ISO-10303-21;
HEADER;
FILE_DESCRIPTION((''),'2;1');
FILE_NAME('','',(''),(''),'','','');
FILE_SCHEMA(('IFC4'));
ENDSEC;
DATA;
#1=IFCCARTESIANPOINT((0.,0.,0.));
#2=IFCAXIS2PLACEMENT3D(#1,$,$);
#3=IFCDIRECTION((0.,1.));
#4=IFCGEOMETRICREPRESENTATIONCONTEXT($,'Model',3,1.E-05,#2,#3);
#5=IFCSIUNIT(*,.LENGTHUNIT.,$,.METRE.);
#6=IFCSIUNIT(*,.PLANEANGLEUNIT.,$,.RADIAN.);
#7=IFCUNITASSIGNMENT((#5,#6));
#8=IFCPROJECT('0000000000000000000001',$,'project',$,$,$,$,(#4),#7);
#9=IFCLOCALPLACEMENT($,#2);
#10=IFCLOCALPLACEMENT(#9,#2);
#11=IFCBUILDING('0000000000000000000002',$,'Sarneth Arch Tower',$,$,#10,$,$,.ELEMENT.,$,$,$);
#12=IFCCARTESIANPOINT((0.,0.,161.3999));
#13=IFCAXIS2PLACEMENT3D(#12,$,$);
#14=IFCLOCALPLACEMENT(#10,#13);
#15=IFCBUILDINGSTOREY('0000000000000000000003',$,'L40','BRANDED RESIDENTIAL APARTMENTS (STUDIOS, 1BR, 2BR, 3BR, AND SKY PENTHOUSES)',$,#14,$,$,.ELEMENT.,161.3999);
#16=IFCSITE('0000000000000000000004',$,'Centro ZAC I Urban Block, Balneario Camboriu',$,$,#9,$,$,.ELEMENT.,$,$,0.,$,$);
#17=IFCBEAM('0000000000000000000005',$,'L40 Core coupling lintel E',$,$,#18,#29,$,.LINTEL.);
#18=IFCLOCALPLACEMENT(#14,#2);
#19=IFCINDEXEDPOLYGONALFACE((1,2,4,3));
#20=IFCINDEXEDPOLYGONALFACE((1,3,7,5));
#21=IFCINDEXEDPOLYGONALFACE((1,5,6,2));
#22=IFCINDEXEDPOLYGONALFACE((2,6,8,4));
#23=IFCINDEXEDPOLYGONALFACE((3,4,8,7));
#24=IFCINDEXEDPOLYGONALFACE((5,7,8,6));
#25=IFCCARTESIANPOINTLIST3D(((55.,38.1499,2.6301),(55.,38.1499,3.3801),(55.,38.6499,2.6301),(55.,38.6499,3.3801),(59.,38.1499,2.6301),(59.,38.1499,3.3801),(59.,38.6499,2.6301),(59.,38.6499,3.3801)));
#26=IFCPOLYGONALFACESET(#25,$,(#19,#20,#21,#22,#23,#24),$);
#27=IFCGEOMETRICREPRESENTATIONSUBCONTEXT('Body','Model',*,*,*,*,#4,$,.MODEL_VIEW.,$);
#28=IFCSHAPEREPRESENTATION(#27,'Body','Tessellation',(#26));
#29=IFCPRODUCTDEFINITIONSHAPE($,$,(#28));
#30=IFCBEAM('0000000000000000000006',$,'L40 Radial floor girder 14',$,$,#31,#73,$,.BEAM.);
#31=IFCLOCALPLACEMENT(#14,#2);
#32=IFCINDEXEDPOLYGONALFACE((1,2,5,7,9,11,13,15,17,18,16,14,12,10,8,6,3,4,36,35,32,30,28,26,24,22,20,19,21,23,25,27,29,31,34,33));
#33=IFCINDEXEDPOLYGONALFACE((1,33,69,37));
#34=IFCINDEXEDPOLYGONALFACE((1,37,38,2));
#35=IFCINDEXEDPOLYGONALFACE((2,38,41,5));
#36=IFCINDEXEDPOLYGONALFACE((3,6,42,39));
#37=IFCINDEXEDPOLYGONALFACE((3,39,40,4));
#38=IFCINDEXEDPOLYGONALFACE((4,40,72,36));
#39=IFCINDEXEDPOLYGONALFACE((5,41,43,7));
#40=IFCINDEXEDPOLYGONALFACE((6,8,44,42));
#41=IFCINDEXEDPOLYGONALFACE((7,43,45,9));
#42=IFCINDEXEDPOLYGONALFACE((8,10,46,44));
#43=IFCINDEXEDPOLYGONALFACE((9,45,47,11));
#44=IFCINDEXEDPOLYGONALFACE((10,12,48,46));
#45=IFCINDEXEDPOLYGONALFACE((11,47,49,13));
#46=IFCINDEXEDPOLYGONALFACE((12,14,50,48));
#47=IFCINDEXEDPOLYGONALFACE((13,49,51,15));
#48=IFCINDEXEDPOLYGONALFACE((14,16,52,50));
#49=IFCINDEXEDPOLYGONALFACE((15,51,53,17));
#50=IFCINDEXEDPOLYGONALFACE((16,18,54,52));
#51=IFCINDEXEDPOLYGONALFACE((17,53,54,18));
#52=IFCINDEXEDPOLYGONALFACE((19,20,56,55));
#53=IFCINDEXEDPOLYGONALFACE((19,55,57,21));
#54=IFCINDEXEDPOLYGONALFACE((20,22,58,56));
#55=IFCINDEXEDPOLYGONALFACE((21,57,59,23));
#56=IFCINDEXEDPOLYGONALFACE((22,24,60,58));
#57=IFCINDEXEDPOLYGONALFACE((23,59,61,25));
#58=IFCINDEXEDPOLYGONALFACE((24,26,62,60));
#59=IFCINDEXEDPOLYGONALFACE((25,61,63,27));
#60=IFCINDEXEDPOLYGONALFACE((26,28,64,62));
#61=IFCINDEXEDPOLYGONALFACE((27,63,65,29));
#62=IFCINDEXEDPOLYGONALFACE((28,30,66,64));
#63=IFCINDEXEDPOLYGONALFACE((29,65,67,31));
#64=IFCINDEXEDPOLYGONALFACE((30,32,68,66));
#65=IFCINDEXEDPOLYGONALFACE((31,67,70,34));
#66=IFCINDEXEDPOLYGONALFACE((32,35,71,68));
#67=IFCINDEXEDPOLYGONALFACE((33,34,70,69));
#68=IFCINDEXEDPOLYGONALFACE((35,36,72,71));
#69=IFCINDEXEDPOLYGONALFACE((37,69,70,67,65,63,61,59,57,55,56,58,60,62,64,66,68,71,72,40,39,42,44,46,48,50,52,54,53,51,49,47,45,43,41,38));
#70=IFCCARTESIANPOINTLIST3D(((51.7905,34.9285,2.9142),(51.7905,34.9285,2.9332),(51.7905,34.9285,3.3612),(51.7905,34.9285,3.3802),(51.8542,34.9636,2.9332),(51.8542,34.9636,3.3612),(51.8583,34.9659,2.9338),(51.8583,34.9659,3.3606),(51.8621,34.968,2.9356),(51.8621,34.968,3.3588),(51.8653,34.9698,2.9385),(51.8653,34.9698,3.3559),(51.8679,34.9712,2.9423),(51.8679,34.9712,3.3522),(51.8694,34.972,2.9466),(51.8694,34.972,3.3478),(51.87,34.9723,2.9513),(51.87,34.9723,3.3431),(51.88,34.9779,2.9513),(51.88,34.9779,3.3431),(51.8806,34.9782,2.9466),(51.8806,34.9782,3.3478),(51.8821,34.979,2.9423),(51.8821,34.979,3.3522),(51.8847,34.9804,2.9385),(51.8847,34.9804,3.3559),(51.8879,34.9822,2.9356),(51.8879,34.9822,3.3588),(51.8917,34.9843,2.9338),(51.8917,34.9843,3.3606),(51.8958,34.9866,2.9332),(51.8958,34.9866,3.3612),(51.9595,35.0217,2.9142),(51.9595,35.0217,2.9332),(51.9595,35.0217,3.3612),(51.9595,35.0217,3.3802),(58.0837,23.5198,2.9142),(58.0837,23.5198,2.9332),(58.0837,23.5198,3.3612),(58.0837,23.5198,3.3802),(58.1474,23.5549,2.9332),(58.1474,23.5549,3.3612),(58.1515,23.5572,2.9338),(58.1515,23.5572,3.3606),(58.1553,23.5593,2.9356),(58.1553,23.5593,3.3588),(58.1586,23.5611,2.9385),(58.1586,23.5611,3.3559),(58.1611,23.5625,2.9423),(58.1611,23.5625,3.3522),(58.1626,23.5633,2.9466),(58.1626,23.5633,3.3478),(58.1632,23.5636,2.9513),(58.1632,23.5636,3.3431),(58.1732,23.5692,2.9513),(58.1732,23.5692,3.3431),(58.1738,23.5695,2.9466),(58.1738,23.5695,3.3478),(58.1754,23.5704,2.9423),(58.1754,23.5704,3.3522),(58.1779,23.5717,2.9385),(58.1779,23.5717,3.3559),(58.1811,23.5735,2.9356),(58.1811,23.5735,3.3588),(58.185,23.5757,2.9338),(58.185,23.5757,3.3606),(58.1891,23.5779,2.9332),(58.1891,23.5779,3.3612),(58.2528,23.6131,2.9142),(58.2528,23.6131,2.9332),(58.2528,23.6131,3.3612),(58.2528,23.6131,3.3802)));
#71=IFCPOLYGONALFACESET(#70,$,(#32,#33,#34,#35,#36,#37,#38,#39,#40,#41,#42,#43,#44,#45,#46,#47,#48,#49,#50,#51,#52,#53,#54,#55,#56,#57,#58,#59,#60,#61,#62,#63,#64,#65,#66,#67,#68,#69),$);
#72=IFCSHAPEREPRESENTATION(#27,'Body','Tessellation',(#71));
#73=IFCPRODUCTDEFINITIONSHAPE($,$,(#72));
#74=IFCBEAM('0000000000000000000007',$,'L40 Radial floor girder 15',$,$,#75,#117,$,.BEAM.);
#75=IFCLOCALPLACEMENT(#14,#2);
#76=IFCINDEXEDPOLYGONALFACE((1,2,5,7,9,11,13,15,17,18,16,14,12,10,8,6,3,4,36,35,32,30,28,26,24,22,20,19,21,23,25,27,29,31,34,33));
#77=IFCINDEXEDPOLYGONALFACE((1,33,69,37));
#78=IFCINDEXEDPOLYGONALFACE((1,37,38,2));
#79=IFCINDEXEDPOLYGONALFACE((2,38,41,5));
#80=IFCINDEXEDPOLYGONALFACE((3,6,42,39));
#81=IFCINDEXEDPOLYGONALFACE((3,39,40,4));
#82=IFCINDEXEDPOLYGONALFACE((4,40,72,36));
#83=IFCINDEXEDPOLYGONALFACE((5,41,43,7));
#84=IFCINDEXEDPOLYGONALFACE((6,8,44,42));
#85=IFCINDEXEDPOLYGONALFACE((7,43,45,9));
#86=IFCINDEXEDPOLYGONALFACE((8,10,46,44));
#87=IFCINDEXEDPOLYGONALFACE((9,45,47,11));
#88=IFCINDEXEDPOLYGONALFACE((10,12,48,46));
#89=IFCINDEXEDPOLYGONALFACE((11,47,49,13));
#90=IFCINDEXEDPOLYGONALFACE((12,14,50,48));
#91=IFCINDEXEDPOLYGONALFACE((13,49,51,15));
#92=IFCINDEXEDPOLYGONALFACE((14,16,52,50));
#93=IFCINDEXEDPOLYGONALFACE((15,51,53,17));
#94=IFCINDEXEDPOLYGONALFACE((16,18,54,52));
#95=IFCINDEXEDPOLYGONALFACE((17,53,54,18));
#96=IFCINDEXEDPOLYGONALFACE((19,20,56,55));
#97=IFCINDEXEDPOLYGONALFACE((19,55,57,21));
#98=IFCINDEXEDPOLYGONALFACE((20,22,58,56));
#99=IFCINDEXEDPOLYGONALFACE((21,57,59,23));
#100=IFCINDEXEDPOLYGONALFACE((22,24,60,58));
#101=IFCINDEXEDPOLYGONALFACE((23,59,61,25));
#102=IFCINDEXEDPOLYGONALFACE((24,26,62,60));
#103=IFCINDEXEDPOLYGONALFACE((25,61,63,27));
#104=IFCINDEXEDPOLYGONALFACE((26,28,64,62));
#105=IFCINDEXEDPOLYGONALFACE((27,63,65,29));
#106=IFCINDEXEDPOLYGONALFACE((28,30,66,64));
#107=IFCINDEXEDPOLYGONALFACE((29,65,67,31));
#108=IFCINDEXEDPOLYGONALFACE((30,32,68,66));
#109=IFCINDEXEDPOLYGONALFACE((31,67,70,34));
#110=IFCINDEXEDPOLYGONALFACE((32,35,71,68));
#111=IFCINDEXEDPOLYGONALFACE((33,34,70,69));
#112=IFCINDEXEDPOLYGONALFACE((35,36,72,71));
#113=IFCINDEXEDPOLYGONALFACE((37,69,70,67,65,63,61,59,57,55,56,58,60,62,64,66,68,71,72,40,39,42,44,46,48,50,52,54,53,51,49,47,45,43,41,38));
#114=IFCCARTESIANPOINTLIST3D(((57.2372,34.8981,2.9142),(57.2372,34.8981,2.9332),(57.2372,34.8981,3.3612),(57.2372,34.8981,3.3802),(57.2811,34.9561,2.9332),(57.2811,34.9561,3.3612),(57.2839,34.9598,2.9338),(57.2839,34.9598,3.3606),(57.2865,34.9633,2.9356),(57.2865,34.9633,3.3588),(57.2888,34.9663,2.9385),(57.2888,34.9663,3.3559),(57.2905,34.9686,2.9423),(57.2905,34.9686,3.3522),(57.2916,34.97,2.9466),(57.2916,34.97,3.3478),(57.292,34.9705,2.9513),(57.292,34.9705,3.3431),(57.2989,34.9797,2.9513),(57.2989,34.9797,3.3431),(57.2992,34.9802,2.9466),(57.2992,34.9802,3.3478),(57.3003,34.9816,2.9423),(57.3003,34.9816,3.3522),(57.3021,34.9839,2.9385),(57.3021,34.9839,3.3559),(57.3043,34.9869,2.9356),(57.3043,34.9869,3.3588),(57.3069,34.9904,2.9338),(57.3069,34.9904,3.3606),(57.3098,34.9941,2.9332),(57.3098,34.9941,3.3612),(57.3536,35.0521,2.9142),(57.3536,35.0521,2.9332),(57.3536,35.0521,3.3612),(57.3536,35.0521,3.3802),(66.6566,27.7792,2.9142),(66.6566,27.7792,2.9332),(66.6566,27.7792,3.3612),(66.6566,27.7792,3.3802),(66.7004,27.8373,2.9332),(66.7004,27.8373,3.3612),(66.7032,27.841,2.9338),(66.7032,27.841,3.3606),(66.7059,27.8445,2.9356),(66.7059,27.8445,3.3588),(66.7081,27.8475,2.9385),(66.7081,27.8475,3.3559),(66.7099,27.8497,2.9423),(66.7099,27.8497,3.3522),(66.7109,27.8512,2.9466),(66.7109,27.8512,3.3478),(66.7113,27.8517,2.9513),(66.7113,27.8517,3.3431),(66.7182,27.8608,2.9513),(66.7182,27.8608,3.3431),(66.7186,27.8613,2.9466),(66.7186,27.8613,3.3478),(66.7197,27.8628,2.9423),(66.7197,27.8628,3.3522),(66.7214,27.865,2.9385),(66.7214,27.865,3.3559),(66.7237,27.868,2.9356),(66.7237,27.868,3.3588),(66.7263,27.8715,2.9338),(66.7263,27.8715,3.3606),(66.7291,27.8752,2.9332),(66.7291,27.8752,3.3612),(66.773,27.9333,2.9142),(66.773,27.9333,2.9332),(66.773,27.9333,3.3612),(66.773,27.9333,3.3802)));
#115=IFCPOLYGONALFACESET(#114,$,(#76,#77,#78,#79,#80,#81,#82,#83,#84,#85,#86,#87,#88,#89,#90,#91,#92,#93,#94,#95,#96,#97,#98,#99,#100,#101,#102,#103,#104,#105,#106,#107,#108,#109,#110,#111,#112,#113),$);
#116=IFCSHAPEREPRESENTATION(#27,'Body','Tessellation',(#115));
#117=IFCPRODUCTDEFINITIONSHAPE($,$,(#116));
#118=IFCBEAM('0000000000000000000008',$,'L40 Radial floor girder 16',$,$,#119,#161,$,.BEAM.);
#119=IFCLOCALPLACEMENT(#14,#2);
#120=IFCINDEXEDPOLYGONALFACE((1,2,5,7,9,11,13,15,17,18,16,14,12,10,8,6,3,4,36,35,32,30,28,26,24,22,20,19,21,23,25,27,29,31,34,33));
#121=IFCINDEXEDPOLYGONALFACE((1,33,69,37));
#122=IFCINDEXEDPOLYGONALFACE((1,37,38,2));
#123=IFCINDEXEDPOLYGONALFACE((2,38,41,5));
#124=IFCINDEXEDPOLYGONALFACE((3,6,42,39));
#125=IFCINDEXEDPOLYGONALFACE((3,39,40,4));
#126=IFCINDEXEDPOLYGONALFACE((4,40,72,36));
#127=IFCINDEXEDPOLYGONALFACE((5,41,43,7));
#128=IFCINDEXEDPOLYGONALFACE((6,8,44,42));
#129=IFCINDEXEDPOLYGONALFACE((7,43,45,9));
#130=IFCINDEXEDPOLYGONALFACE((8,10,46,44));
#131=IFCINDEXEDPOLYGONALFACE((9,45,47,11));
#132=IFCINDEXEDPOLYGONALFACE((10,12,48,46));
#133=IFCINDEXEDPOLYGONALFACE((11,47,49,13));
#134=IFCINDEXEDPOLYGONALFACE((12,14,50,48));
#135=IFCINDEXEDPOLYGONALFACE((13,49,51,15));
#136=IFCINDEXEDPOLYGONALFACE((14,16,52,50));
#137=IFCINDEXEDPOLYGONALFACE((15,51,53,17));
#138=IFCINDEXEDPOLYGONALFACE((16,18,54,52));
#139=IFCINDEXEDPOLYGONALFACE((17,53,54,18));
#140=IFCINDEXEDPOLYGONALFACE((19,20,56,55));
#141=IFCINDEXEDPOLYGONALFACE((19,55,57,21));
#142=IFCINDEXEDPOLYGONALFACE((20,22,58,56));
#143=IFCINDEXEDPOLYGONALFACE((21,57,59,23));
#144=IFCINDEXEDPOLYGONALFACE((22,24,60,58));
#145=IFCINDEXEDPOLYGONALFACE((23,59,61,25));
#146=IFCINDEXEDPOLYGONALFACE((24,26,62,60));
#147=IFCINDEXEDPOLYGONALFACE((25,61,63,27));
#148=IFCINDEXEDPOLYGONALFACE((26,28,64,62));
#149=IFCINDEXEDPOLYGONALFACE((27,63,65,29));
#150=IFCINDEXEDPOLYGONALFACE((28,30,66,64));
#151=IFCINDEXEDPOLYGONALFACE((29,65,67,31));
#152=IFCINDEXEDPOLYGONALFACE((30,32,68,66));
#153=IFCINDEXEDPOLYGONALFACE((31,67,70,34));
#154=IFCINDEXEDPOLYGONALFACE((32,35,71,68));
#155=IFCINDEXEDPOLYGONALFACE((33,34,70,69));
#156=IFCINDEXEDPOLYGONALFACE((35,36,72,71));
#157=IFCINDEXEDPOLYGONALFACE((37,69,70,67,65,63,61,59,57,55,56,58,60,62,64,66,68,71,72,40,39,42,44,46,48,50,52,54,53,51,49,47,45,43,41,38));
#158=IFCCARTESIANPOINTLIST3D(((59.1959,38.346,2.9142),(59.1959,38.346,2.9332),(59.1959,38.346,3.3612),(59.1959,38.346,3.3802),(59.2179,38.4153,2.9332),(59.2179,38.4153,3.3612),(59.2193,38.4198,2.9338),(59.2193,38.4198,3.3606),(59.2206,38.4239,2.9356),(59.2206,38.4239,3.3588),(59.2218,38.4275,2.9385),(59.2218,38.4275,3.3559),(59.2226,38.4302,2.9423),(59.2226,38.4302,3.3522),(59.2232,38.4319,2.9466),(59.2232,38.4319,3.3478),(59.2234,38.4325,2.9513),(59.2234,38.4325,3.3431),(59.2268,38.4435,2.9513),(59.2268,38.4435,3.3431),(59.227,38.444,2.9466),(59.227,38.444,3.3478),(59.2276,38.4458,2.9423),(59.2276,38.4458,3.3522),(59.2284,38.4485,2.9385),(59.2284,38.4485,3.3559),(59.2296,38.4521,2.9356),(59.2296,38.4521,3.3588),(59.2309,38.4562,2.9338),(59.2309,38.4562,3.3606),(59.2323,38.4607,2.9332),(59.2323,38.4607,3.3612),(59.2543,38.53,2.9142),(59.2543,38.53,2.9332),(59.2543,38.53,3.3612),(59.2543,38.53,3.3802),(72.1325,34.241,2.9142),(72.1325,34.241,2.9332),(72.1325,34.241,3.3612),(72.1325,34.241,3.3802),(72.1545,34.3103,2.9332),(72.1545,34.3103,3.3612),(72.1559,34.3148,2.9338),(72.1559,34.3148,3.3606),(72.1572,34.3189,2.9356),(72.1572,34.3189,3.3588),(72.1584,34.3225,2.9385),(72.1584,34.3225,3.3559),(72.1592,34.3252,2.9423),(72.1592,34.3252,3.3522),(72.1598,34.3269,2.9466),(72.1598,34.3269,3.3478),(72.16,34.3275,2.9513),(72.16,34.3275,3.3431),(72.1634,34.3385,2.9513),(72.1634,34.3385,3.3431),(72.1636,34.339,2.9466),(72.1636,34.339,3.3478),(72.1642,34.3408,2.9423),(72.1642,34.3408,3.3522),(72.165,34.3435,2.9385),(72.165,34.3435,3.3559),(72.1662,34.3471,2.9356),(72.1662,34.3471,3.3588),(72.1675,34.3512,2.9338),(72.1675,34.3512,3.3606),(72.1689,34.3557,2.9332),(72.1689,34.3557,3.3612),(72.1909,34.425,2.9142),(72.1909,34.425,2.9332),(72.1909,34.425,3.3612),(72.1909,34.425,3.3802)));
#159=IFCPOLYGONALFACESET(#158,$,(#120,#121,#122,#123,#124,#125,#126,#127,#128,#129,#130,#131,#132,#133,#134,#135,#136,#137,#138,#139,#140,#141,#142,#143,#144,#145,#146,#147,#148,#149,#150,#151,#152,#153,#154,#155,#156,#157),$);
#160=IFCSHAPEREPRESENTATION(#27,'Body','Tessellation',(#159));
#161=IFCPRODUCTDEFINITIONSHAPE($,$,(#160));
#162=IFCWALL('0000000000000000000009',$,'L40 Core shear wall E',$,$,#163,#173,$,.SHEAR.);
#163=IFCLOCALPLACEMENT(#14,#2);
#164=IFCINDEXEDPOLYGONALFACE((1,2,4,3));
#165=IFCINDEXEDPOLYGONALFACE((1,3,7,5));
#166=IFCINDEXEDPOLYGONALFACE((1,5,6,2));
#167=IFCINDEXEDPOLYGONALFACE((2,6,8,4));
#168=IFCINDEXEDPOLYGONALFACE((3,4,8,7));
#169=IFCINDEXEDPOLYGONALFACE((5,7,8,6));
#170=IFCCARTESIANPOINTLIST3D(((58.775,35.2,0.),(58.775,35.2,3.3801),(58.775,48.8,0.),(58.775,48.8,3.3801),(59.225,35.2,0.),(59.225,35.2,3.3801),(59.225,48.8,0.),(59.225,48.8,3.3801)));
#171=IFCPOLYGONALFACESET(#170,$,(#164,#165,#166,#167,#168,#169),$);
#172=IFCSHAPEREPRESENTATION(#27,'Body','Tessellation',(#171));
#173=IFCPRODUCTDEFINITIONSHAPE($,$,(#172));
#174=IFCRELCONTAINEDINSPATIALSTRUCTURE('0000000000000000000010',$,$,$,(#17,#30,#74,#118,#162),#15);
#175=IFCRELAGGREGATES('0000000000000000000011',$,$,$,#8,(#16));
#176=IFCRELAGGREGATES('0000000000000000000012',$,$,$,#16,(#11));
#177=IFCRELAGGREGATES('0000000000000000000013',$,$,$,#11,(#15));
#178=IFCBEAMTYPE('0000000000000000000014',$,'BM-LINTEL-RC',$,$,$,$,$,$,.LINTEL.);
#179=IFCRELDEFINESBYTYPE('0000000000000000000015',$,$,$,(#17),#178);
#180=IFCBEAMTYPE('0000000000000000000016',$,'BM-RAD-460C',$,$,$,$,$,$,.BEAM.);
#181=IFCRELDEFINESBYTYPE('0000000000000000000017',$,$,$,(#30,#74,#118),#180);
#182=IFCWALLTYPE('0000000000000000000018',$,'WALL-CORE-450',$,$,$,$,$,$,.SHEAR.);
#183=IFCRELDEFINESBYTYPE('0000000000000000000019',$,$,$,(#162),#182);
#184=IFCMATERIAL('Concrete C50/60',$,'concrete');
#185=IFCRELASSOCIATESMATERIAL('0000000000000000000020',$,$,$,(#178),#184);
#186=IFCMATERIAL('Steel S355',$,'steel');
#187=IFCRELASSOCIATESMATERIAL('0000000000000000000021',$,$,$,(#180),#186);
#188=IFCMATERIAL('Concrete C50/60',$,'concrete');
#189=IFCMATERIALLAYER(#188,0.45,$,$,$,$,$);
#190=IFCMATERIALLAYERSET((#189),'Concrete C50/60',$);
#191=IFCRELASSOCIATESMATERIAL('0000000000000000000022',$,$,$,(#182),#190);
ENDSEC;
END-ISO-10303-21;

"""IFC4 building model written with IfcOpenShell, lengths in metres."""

from ifc_helpers import new_model, si_unit, direction, frame, frame_2d, origin, origin_2d, place, context, subcontext, project, spatial, rectangle, i_section, extrude, material, layer, layer_set, material_profile, profile_set, type_object, element, save


model = new_model("IFC4")

# Units and contexts
model_context = context("Model", 3, precision=1e-05, world=origin(), true_north=direction((0.0, 1.0)))
body_context = subcontext(model_context, "Body", "Model", "MODEL_VIEW")
ifc_project = project(units=[si_unit("LENGTHUNIT", "METRE"), si_unit("PLANEANGLEUNIT", "RADIAN")], contexts=[model_context])

# Site, building, storey
site_placement = place(None, origin())
site = spatial("IfcSite", under=ifc_project, at=site_placement, Name="Centro ZAC I Urban Block, Balneario Camboriu", CompositionType="ELEMENT", RefElevation=0.0)
building_placement = place(site_placement, origin())
building = spatial("IfcBuilding", under=site, at=building_placement, Name="Sarneth Arch Tower", CompositionType="ELEMENT")
storey_placement = place(building_placement, frame((0.0, 0.0, 161.3999)))
storey = spatial("IfcBuildingStorey", under=building, at=storey_placement, Name="L40", Description="BRANDED RESIDENTIAL APARTMENTS (STUDIOS, 1BR, 2BR, 3BR, AND SKY PENTHOUSES)", CompositionType="ELEMENT", Elevation=161.3999)

# Beams
ifc_material_1 = material(Name="Concrete C50/60", Category="concrete")
ifc_material_profile_1 = material_profile(ifc_material_1, rectangle(XDim=0.5, YDim=0.75, at=origin_2d()), Name="RC-500x750")
ifc_profile_set_1 = profile_set([ifc_material_profile_1], Name="Concrete C50/60")
beam_type_1 = type_object("IfcBeamType", Name="BM-LINTEL-RC", PredefinedType="LINTEL", material=ifc_profile_set_1)
beam_1_placement = place(storey_placement, frame((55.0, 38.3999, 3.0051), z_axis=(1.0, 0.0, 0.0), x_axis=(0.0, 1.0, 0.0)))
element("IfcBeam", 1, at=beam_1_placement, inside=storey, type_object=beam_type_1, Name="L40 Core coupling lintel E", PredefinedType="LINTEL", context=body_context, shape_type="SweptSolid", body=[
    extrude(rectangle(XDim=0.5, YDim=0.75, at=origin_2d()), origin(), (0.0, 0.0, 1.0), 4.0),
])
ifc_material_2 = material(Name="Steel S355", Category="steel")
ifc_material_profile_2 = material_profile(ifc_material_2, i_section(OverallWidth=0.1931, OverallDepth=0.4661, WebThickness=0.0115, FlangeThickness=0.019, FilletRadius=0.0181, at=origin_2d()), Name="W460x97")
ifc_profile_set_2 = profile_set([ifc_material_profile_2], Name="Steel S355")
beam_type_2 = type_object("IfcBeamType", Name="BM-RAD-460C", PredefinedType="BEAM", material=ifc_profile_set_2)
beam_2_placement = place(storey_placement, frame((51.875, 34.9751, 3.1472), z_axis=(0.483005, -0.875618, 0.0), x_axis=(0.875618, 0.483005, 0.0)))
element("IfcBeam", 2, at=beam_2_placement, inside=storey, type_object=beam_type_2, Name="L40 Radial floor girder 14", PredefinedType="BEAM", context=body_context, shape_type="SweptSolid", body=[
    extrude(i_section(OverallWidth=0.1931, OverallDepth=0.4661, WebThickness=0.0115, FlangeThickness=0.019, FilletRadius=0.0181, at=origin_2d()), origin(), (0.0, 0.0, 1.0), 13.0293),
])
beam_3_placement = place(storey_placement, frame((57.2954, 34.9751, 3.1472), z_axis=(0.797786, -0.60294, 0.0), x_axis=(0.60294, 0.797786, 0.0)))
element("IfcBeam", 3, at=beam_3_placement, inside=storey, type_object=beam_type_2, Name="L40 Radial floor girder 15", PredefinedType="BEAM", context=body_context, shape_type="SweptSolid", body=[
    extrude(i_section(OverallWidth=0.1931, OverallDepth=0.4661, WebThickness=0.0115, FlangeThickness=0.019, FilletRadius=0.0181, at=origin_2d()), origin(), (0.0, 0.0, 1.0), 11.8069),
])
beam_4_placement = place(storey_placement, frame((59.2251, 38.438, 3.1472), z_axis=(0.953164, -0.302455, 0.0), x_axis=(0.302455, 0.953164, 0.0)))
element("IfcBeam", 4, at=beam_4_placement, inside=storey, type_object=beam_type_2, Name="L40 Radial floor girder 16", PredefinedType="BEAM", context=body_context, shape_type="SweptSolid", body=[
    extrude(i_section(OverallWidth=0.1931, OverallDepth=0.4661, WebThickness=0.0115, FlangeThickness=0.019, FilletRadius=0.0181, at=origin_2d()), origin(), (0.0, 0.0, 1.0), 13.5723),
])

# Shared definitions
ifc_material_3 = material(Name="Concrete C50/60", Category="concrete")
ifc_layer_1 = layer(ifc_material_3, 0.45)
ifc_layer_set_1 = layer_set([ifc_layer_1], Name="Concrete C50/60")
wall_type_1 = type_object("IfcWallType", Name="WALL-CORE-450", PredefinedType="SHEAR", material=ifc_layer_set_1)

# Wall
wall_1_placement = place(storey_placement, frame((59.0, 35.2, 0.0), z_axis=(0.0, 0.0, 1.0), x_axis=(0.0, 1.0, 0.0)))
element("IfcWall", 5, at=wall_1_placement, inside=storey, type_object=wall_type_1, Name="L40 Core shear wall E", PredefinedType="SHEAR", context=body_context, shape_type="SweptSolid", body=[
    extrude(rectangle(XDim=13.6001, YDim=0.45, at=frame_2d((6.8, 0.0))), origin(), (0.0, 0.0, 1.0), 3.3801),
])

save(model, "model.ifc")
